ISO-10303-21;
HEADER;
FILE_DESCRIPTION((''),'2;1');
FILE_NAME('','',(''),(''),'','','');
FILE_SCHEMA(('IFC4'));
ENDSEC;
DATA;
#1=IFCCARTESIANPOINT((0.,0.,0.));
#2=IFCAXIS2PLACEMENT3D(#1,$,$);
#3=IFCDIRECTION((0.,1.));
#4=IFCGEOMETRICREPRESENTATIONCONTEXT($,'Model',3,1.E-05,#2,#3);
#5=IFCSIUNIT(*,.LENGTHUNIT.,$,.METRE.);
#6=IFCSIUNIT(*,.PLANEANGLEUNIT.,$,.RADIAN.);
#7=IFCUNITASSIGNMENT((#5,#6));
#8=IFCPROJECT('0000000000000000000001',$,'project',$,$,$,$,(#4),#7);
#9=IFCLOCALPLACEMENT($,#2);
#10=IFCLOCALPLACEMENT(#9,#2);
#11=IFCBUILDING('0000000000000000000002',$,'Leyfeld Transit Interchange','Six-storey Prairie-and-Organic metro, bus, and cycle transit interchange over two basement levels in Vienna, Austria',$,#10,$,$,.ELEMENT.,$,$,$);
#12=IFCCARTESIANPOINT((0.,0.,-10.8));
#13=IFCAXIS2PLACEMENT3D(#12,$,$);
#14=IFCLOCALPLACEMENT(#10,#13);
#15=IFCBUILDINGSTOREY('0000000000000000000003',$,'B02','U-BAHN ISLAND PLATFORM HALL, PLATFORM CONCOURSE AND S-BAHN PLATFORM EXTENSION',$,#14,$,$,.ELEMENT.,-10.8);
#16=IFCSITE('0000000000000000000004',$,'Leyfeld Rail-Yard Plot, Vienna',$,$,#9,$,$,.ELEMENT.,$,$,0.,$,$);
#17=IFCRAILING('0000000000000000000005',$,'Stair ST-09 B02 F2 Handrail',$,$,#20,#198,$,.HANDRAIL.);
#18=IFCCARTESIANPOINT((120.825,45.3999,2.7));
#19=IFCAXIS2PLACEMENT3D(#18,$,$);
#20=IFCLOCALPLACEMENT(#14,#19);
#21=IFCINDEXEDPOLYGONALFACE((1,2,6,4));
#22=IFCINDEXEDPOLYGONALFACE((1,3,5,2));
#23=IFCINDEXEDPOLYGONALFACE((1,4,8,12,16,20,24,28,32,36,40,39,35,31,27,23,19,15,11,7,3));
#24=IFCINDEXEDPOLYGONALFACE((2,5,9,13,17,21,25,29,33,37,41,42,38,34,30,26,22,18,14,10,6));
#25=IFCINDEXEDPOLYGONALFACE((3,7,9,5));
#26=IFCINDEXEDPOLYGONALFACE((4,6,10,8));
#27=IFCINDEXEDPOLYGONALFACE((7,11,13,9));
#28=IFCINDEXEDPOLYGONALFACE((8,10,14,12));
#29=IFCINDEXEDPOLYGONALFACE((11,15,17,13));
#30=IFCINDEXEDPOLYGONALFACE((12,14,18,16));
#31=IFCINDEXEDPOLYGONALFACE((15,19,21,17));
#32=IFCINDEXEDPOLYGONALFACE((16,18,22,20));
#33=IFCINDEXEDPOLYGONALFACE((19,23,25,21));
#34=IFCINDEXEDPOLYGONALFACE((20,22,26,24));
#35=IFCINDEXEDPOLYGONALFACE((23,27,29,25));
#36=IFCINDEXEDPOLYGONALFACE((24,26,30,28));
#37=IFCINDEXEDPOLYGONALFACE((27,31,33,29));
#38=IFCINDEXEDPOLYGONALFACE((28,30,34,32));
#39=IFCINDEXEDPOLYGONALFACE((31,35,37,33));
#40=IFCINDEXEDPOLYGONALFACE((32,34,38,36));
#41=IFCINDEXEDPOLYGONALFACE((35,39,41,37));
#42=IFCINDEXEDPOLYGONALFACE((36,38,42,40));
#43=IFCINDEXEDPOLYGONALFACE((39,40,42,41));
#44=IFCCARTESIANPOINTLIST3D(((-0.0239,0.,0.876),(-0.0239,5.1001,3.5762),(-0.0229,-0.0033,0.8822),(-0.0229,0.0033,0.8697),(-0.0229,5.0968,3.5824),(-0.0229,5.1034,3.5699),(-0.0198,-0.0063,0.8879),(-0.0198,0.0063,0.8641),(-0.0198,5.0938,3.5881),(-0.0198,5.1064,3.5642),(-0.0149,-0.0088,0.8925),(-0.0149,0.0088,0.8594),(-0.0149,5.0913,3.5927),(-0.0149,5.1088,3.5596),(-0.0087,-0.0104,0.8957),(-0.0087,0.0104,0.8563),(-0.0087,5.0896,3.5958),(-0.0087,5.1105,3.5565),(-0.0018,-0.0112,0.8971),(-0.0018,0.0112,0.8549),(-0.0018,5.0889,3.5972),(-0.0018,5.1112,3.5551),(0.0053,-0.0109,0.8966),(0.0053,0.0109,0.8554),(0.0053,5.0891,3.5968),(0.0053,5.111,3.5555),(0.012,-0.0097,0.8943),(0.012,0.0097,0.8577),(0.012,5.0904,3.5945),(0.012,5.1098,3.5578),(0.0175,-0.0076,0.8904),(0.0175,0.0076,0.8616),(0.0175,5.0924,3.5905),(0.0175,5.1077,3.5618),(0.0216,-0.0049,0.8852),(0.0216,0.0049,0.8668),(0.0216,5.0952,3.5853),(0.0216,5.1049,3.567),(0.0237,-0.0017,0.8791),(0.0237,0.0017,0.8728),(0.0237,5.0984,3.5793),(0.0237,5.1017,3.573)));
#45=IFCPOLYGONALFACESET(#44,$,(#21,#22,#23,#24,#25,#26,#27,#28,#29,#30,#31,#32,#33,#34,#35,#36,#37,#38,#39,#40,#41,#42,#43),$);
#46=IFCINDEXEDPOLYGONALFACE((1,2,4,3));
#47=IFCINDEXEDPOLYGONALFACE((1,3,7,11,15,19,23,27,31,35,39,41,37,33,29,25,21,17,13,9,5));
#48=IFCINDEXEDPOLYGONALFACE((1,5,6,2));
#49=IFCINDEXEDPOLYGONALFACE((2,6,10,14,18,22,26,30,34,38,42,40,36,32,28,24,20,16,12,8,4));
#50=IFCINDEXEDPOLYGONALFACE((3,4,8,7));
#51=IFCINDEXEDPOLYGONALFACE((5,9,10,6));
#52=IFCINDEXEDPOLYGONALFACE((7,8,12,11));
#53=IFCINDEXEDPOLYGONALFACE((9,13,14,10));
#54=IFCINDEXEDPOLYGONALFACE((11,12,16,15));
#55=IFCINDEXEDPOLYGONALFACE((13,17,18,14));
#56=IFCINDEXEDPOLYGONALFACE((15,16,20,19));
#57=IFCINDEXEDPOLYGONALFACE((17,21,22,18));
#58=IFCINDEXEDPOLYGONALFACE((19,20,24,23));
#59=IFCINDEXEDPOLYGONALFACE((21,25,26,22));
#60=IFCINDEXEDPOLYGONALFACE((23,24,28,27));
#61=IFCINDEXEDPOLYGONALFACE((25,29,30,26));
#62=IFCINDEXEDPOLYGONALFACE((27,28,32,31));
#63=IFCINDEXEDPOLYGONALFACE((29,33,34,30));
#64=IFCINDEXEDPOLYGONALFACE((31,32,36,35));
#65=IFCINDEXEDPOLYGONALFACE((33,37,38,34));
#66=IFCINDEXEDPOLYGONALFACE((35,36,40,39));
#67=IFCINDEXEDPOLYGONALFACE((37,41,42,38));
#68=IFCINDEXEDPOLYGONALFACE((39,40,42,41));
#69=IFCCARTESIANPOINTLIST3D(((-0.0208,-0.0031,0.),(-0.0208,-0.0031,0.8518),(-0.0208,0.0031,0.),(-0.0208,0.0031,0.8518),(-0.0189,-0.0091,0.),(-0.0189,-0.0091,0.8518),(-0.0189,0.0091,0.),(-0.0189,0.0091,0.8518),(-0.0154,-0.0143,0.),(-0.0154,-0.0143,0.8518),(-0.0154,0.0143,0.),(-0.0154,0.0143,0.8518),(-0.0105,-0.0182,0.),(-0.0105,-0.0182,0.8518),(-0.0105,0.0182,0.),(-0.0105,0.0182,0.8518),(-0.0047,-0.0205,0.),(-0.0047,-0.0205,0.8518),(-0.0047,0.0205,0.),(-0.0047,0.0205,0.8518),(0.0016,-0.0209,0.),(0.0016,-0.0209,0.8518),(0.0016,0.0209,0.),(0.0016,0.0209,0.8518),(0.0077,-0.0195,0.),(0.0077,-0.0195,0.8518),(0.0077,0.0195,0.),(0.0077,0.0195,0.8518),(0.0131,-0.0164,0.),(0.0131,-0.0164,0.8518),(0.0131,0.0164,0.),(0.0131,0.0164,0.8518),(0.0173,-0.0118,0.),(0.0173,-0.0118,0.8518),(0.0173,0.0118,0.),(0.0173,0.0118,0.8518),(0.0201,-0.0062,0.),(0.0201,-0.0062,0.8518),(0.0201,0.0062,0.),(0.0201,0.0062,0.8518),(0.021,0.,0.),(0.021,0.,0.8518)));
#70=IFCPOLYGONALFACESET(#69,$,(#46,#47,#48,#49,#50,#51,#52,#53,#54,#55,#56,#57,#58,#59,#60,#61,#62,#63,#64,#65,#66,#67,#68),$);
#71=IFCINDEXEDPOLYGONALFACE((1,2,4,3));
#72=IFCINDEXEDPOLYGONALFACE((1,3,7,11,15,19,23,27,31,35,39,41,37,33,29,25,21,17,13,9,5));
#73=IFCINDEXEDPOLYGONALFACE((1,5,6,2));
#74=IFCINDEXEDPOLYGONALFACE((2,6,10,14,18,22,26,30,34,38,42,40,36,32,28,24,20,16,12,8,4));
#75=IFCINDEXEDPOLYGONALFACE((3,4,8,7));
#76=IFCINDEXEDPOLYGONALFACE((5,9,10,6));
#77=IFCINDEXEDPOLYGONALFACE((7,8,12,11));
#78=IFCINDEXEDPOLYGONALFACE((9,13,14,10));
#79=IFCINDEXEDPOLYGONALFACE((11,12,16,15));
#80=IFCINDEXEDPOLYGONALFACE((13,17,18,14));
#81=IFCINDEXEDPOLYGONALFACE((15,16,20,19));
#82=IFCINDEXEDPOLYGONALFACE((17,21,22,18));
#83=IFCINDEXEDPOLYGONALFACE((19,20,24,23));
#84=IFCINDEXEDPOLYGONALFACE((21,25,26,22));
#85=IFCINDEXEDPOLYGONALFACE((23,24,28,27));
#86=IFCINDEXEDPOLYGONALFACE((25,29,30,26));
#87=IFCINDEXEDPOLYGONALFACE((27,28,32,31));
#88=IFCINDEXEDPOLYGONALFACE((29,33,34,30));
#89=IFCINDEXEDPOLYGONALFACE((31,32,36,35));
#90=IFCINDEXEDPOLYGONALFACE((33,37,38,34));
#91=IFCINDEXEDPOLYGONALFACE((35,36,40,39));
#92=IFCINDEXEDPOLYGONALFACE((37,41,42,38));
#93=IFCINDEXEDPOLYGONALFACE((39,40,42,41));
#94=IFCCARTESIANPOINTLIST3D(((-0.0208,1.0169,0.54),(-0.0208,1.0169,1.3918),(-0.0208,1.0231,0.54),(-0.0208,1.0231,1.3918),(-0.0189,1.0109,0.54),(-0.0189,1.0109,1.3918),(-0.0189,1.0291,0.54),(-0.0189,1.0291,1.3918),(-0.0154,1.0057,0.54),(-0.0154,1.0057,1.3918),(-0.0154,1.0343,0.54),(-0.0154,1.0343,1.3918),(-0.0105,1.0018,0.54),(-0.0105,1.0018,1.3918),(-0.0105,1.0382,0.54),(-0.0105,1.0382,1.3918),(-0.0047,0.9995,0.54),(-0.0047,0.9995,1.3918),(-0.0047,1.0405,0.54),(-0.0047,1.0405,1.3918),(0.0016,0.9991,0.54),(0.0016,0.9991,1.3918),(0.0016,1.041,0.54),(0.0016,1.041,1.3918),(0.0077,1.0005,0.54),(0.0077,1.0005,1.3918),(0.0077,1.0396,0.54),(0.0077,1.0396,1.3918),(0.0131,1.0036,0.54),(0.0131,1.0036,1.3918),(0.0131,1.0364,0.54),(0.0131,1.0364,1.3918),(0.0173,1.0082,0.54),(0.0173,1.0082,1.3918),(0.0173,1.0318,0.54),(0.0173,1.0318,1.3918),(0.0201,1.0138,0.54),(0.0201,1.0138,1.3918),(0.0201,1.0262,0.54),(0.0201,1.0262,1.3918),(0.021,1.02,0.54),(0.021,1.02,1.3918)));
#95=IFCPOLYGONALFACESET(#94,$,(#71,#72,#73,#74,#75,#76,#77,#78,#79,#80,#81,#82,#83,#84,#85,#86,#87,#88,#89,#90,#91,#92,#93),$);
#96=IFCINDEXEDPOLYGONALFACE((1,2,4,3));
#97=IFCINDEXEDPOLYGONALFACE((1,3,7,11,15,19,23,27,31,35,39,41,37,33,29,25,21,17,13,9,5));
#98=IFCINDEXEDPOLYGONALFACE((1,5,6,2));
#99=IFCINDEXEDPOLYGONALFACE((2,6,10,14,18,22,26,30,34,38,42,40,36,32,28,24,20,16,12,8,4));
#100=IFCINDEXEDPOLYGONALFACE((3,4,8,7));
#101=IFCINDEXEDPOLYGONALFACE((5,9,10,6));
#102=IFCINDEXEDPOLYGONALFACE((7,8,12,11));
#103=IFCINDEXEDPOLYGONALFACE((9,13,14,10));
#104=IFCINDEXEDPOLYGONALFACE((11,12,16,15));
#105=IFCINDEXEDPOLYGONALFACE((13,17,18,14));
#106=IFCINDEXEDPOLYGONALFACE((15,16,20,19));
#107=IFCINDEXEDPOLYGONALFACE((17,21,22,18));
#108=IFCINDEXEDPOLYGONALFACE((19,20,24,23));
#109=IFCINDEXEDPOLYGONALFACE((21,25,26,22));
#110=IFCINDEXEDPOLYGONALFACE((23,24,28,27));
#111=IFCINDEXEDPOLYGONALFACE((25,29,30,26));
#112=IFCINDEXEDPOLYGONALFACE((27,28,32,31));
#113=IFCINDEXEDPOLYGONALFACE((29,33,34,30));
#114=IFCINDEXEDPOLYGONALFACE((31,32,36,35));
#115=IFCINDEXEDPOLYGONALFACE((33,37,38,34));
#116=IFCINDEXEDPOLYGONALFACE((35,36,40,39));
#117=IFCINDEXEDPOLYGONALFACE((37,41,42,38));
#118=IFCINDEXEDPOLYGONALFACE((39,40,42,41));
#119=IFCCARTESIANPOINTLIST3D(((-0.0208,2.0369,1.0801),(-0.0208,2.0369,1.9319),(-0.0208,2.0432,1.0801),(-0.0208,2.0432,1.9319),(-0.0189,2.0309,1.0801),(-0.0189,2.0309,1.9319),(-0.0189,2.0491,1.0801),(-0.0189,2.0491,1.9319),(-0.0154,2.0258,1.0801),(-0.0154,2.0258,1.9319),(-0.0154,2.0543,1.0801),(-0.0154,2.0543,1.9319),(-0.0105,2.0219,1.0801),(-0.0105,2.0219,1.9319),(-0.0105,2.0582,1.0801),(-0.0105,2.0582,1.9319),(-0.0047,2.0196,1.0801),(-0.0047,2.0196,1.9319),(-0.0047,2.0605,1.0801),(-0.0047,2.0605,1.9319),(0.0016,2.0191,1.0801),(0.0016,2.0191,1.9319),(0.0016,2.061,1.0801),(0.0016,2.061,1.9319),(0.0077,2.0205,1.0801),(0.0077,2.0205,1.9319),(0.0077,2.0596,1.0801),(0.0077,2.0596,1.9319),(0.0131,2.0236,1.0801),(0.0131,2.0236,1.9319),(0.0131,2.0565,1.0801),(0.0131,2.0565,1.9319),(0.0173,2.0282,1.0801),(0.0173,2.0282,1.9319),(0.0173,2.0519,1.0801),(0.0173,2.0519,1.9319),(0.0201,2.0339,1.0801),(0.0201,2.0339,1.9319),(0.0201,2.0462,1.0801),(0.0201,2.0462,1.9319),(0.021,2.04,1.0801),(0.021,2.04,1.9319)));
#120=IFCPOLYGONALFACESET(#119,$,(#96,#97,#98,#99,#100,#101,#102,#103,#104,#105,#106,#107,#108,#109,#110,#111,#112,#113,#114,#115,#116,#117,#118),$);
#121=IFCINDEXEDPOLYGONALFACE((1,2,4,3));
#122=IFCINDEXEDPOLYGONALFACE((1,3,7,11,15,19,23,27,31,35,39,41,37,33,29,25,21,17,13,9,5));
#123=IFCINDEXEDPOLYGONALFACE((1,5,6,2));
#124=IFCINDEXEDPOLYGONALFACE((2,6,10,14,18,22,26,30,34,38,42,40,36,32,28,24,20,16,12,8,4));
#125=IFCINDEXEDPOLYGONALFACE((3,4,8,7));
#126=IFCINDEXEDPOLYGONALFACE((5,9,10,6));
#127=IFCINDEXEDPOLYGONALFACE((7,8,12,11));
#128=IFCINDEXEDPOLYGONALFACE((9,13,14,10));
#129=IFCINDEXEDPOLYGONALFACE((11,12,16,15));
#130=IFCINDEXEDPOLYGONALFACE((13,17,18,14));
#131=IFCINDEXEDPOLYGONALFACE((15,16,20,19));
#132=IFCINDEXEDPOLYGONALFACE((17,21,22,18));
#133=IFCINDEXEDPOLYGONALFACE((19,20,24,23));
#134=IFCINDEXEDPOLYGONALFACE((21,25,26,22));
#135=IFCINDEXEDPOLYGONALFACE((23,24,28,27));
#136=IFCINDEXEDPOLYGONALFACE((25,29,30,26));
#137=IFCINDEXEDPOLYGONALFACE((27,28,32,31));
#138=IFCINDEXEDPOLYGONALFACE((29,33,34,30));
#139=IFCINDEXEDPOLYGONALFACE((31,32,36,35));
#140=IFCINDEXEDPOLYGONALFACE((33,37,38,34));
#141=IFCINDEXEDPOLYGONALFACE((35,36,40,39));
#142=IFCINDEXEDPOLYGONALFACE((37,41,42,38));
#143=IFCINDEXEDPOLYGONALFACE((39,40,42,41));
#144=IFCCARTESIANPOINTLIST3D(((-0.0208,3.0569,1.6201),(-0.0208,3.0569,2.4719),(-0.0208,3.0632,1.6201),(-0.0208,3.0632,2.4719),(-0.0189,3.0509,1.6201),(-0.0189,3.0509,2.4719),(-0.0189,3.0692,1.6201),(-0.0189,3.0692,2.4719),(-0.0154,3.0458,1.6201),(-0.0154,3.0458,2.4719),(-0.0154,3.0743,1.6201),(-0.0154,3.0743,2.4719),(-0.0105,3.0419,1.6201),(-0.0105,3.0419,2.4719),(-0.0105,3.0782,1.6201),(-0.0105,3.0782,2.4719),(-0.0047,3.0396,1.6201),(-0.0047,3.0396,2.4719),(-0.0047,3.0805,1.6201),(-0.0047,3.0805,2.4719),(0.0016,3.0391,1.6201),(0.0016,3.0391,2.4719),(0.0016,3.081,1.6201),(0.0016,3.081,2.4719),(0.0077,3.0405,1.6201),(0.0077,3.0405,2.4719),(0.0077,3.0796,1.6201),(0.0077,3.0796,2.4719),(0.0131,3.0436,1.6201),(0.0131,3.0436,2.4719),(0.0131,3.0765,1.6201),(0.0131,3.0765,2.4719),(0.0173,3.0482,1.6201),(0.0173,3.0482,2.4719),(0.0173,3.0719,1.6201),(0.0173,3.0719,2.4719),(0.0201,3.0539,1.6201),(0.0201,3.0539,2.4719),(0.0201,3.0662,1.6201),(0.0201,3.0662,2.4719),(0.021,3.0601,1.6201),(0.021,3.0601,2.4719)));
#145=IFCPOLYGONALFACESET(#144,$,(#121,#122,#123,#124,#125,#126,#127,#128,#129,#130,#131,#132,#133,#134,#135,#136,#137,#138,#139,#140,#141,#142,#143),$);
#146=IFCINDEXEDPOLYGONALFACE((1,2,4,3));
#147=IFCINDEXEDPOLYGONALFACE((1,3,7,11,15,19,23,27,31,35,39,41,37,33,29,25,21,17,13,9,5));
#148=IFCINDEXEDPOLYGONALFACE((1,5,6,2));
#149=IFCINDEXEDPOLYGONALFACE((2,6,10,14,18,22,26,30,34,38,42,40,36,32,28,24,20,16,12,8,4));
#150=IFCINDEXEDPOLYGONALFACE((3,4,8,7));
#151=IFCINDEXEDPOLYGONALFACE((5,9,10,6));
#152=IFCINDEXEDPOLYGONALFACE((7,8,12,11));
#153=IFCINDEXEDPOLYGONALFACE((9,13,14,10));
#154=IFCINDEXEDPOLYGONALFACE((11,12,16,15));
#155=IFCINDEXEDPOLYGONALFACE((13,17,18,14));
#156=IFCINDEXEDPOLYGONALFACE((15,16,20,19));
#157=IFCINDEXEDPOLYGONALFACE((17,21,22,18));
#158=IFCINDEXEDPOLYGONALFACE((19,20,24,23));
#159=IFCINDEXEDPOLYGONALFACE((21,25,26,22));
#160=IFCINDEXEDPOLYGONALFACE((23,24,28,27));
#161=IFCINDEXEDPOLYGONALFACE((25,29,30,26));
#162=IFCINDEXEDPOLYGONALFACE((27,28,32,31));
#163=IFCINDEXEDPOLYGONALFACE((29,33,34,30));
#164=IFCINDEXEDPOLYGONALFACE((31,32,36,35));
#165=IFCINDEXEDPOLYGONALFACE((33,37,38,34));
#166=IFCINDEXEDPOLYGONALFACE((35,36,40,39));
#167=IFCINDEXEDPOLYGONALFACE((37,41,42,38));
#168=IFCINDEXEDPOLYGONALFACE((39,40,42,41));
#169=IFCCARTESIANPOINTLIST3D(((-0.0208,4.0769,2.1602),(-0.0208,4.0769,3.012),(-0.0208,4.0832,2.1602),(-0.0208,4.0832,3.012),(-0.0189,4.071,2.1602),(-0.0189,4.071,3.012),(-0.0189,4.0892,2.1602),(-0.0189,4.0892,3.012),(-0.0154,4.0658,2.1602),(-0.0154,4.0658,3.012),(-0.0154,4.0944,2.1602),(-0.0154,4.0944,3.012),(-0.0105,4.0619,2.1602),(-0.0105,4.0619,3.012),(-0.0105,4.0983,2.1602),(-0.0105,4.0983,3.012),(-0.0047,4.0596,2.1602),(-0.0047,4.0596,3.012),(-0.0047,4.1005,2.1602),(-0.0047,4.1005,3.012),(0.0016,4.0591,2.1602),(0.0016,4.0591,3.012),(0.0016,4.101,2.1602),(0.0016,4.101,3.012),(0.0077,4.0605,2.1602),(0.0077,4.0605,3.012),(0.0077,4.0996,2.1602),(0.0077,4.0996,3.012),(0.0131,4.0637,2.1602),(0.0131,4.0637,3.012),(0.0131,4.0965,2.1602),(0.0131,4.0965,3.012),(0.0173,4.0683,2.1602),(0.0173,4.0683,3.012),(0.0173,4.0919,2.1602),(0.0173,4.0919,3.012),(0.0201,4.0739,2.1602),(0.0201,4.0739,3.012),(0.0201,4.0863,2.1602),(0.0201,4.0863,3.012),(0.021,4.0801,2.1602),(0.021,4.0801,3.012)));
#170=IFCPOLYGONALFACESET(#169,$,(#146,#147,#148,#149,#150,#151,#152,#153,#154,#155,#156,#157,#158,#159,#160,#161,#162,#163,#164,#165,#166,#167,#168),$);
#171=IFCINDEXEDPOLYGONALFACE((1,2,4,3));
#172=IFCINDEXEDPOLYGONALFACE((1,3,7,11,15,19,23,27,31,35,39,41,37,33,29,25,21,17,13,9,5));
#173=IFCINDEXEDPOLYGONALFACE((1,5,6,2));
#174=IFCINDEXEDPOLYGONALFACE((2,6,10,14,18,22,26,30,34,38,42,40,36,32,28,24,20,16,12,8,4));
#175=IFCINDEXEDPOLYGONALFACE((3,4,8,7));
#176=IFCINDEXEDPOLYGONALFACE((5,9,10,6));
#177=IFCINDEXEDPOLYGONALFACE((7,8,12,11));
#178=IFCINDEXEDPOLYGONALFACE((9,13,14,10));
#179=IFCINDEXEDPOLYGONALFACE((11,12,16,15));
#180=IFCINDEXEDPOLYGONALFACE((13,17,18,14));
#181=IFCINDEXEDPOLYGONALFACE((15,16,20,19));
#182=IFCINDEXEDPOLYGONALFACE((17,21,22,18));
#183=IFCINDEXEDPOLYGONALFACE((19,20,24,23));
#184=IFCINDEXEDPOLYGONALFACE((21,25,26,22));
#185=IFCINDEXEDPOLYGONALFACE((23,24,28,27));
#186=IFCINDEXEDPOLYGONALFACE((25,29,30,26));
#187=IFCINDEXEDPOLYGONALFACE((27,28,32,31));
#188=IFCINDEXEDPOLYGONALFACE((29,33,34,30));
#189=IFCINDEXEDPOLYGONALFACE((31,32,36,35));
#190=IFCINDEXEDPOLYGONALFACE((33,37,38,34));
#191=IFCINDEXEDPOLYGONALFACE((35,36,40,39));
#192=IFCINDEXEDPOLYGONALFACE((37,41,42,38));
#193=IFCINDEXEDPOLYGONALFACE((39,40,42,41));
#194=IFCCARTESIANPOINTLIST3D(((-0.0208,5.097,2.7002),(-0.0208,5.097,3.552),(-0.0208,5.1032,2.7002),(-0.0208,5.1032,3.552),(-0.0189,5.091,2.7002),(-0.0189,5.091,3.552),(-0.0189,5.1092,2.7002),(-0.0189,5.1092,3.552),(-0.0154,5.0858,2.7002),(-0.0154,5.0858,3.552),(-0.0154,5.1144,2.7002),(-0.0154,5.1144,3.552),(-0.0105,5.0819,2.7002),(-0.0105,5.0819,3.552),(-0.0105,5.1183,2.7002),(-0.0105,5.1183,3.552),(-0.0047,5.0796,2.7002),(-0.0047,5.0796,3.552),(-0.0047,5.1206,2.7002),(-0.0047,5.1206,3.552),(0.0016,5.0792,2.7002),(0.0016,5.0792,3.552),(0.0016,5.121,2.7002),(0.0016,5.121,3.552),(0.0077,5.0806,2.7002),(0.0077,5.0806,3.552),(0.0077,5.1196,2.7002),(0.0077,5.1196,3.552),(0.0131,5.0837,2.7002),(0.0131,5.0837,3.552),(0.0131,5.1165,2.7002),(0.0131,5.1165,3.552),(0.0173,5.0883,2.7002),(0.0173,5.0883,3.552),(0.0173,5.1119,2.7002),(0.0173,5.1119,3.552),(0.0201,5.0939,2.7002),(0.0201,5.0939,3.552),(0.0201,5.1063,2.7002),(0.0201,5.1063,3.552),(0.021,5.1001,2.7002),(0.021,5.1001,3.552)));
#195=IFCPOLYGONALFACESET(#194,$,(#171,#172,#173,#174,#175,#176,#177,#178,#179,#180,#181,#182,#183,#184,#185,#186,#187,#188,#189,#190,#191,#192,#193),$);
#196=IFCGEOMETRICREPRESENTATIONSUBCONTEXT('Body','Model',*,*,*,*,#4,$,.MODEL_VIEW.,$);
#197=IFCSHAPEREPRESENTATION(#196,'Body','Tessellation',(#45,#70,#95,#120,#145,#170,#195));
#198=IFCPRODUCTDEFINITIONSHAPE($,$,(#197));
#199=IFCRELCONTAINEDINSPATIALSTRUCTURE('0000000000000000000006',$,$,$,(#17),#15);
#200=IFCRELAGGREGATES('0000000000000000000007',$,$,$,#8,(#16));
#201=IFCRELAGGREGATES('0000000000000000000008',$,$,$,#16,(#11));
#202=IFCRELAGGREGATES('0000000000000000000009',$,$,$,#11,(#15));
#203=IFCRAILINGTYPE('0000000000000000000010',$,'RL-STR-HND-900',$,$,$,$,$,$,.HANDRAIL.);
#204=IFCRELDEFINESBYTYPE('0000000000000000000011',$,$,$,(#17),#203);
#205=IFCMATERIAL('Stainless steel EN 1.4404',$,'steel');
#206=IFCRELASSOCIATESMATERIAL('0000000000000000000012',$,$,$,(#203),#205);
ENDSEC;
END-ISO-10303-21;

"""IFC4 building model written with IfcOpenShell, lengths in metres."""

from ifc_helpers import new_model, si_unit, direction, frame, origin, origin_2d, place, context, subcontext, project, spatial, circle, extrude, material, type_object, element, save


model = new_model("IFC4")

# Units and contexts
model_context = context("Model", 3, precision=1e-05, world=origin(), true_north=direction((0.0, 1.0)))
body_context = subcontext(model_context, "Body", "Model", "MODEL_VIEW")
ifc_project = project(units=[si_unit("LENGTHUNIT", "METRE"), si_unit("PLANEANGLEUNIT", "RADIAN")], contexts=[model_context])

# Site, building, storey
site_placement = place(None, origin())
site = spatial("IfcSite", under=ifc_project, at=site_placement, Name="Leyfeld Rail-Yard Plot, Vienna", CompositionType="ELEMENT", RefElevation=0.0)
building_placement = place(site_placement, origin())
building = spatial("IfcBuilding", under=site, at=building_placement, Name="Leyfeld Transit Interchange", Description="Six-storey Prairie-and-Organic metro, bus, and cycle transit interchange over two basement levels in Vienna, Austria", CompositionType="ELEMENT")
storey_placement = place(building_placement, frame((0.0, 0.0, -10.8)))
storey = spatial("IfcBuildingStorey", under=building, at=storey_placement, Name="B02", Description="U-BAHN ISLAND PLATFORM HALL, PLATFORM CONCOURSE AND S-BAHN PLATFORM EXTENSION", CompositionType="ELEMENT", Elevation=-10.8)

# Railing
ifc_material_1 = material(Name="Stainless steel EN 1.4404", Category="steel")
railing_type_1 = type_object("IfcRailingType", Name="RL-STR-HND-900", PredefinedType="HANDRAIL", material=ifc_material_1)
railing_placement = place(storey_placement, frame((120.825, 45.3999, 2.7)))
element("IfcRailing", 1, at=railing_placement, inside=storey, type_object=railing_type_1, Name="Stair ST-09 B02 F2 Handrail", PredefinedType="HANDRAIL", context=body_context, shape_type="SweptSolid", body=[
    extrude(circle(Radius=0.0239, at=origin_2d()), frame((0.0, 0.0, 0.876), z_axis=(0.0, 0.883778, 0.467907), x_axis=(-1.0, 0.0, 0.0)), (0.0, 0.0, 1.0), 5.7708),
    extrude(circle(Radius=0.021, at=origin_2d()), origin(), (0.0, 0.0, 1.0), 0.8518),
    extrude(circle(Radius=0.021, at=origin_2d()), frame((0.0, 1.02, 0.54)), (0.0, 0.0, 1.0), 0.8518),
    extrude(circle(Radius=0.021, at=origin_2d()), frame((0.0, 2.04, 1.0801)), (0.0, 0.0, 1.0), 0.8518),
    extrude(circle(Radius=0.021, at=origin_2d()), frame((0.0, 3.0601, 1.6201)), (0.0, 0.0, 1.0), 0.8518),
    extrude(circle(Radius=0.021, at=origin_2d()), frame((0.0, 4.0801, 2.1602)), (0.0, 0.0, 1.0), 0.8518),
    extrude(circle(Radius=0.021, at=origin_2d()), frame((0.0, 5.1001, 2.7002)), (0.0, 0.0, 1.0), 0.8518),
])

save(model, "model.ifc")
